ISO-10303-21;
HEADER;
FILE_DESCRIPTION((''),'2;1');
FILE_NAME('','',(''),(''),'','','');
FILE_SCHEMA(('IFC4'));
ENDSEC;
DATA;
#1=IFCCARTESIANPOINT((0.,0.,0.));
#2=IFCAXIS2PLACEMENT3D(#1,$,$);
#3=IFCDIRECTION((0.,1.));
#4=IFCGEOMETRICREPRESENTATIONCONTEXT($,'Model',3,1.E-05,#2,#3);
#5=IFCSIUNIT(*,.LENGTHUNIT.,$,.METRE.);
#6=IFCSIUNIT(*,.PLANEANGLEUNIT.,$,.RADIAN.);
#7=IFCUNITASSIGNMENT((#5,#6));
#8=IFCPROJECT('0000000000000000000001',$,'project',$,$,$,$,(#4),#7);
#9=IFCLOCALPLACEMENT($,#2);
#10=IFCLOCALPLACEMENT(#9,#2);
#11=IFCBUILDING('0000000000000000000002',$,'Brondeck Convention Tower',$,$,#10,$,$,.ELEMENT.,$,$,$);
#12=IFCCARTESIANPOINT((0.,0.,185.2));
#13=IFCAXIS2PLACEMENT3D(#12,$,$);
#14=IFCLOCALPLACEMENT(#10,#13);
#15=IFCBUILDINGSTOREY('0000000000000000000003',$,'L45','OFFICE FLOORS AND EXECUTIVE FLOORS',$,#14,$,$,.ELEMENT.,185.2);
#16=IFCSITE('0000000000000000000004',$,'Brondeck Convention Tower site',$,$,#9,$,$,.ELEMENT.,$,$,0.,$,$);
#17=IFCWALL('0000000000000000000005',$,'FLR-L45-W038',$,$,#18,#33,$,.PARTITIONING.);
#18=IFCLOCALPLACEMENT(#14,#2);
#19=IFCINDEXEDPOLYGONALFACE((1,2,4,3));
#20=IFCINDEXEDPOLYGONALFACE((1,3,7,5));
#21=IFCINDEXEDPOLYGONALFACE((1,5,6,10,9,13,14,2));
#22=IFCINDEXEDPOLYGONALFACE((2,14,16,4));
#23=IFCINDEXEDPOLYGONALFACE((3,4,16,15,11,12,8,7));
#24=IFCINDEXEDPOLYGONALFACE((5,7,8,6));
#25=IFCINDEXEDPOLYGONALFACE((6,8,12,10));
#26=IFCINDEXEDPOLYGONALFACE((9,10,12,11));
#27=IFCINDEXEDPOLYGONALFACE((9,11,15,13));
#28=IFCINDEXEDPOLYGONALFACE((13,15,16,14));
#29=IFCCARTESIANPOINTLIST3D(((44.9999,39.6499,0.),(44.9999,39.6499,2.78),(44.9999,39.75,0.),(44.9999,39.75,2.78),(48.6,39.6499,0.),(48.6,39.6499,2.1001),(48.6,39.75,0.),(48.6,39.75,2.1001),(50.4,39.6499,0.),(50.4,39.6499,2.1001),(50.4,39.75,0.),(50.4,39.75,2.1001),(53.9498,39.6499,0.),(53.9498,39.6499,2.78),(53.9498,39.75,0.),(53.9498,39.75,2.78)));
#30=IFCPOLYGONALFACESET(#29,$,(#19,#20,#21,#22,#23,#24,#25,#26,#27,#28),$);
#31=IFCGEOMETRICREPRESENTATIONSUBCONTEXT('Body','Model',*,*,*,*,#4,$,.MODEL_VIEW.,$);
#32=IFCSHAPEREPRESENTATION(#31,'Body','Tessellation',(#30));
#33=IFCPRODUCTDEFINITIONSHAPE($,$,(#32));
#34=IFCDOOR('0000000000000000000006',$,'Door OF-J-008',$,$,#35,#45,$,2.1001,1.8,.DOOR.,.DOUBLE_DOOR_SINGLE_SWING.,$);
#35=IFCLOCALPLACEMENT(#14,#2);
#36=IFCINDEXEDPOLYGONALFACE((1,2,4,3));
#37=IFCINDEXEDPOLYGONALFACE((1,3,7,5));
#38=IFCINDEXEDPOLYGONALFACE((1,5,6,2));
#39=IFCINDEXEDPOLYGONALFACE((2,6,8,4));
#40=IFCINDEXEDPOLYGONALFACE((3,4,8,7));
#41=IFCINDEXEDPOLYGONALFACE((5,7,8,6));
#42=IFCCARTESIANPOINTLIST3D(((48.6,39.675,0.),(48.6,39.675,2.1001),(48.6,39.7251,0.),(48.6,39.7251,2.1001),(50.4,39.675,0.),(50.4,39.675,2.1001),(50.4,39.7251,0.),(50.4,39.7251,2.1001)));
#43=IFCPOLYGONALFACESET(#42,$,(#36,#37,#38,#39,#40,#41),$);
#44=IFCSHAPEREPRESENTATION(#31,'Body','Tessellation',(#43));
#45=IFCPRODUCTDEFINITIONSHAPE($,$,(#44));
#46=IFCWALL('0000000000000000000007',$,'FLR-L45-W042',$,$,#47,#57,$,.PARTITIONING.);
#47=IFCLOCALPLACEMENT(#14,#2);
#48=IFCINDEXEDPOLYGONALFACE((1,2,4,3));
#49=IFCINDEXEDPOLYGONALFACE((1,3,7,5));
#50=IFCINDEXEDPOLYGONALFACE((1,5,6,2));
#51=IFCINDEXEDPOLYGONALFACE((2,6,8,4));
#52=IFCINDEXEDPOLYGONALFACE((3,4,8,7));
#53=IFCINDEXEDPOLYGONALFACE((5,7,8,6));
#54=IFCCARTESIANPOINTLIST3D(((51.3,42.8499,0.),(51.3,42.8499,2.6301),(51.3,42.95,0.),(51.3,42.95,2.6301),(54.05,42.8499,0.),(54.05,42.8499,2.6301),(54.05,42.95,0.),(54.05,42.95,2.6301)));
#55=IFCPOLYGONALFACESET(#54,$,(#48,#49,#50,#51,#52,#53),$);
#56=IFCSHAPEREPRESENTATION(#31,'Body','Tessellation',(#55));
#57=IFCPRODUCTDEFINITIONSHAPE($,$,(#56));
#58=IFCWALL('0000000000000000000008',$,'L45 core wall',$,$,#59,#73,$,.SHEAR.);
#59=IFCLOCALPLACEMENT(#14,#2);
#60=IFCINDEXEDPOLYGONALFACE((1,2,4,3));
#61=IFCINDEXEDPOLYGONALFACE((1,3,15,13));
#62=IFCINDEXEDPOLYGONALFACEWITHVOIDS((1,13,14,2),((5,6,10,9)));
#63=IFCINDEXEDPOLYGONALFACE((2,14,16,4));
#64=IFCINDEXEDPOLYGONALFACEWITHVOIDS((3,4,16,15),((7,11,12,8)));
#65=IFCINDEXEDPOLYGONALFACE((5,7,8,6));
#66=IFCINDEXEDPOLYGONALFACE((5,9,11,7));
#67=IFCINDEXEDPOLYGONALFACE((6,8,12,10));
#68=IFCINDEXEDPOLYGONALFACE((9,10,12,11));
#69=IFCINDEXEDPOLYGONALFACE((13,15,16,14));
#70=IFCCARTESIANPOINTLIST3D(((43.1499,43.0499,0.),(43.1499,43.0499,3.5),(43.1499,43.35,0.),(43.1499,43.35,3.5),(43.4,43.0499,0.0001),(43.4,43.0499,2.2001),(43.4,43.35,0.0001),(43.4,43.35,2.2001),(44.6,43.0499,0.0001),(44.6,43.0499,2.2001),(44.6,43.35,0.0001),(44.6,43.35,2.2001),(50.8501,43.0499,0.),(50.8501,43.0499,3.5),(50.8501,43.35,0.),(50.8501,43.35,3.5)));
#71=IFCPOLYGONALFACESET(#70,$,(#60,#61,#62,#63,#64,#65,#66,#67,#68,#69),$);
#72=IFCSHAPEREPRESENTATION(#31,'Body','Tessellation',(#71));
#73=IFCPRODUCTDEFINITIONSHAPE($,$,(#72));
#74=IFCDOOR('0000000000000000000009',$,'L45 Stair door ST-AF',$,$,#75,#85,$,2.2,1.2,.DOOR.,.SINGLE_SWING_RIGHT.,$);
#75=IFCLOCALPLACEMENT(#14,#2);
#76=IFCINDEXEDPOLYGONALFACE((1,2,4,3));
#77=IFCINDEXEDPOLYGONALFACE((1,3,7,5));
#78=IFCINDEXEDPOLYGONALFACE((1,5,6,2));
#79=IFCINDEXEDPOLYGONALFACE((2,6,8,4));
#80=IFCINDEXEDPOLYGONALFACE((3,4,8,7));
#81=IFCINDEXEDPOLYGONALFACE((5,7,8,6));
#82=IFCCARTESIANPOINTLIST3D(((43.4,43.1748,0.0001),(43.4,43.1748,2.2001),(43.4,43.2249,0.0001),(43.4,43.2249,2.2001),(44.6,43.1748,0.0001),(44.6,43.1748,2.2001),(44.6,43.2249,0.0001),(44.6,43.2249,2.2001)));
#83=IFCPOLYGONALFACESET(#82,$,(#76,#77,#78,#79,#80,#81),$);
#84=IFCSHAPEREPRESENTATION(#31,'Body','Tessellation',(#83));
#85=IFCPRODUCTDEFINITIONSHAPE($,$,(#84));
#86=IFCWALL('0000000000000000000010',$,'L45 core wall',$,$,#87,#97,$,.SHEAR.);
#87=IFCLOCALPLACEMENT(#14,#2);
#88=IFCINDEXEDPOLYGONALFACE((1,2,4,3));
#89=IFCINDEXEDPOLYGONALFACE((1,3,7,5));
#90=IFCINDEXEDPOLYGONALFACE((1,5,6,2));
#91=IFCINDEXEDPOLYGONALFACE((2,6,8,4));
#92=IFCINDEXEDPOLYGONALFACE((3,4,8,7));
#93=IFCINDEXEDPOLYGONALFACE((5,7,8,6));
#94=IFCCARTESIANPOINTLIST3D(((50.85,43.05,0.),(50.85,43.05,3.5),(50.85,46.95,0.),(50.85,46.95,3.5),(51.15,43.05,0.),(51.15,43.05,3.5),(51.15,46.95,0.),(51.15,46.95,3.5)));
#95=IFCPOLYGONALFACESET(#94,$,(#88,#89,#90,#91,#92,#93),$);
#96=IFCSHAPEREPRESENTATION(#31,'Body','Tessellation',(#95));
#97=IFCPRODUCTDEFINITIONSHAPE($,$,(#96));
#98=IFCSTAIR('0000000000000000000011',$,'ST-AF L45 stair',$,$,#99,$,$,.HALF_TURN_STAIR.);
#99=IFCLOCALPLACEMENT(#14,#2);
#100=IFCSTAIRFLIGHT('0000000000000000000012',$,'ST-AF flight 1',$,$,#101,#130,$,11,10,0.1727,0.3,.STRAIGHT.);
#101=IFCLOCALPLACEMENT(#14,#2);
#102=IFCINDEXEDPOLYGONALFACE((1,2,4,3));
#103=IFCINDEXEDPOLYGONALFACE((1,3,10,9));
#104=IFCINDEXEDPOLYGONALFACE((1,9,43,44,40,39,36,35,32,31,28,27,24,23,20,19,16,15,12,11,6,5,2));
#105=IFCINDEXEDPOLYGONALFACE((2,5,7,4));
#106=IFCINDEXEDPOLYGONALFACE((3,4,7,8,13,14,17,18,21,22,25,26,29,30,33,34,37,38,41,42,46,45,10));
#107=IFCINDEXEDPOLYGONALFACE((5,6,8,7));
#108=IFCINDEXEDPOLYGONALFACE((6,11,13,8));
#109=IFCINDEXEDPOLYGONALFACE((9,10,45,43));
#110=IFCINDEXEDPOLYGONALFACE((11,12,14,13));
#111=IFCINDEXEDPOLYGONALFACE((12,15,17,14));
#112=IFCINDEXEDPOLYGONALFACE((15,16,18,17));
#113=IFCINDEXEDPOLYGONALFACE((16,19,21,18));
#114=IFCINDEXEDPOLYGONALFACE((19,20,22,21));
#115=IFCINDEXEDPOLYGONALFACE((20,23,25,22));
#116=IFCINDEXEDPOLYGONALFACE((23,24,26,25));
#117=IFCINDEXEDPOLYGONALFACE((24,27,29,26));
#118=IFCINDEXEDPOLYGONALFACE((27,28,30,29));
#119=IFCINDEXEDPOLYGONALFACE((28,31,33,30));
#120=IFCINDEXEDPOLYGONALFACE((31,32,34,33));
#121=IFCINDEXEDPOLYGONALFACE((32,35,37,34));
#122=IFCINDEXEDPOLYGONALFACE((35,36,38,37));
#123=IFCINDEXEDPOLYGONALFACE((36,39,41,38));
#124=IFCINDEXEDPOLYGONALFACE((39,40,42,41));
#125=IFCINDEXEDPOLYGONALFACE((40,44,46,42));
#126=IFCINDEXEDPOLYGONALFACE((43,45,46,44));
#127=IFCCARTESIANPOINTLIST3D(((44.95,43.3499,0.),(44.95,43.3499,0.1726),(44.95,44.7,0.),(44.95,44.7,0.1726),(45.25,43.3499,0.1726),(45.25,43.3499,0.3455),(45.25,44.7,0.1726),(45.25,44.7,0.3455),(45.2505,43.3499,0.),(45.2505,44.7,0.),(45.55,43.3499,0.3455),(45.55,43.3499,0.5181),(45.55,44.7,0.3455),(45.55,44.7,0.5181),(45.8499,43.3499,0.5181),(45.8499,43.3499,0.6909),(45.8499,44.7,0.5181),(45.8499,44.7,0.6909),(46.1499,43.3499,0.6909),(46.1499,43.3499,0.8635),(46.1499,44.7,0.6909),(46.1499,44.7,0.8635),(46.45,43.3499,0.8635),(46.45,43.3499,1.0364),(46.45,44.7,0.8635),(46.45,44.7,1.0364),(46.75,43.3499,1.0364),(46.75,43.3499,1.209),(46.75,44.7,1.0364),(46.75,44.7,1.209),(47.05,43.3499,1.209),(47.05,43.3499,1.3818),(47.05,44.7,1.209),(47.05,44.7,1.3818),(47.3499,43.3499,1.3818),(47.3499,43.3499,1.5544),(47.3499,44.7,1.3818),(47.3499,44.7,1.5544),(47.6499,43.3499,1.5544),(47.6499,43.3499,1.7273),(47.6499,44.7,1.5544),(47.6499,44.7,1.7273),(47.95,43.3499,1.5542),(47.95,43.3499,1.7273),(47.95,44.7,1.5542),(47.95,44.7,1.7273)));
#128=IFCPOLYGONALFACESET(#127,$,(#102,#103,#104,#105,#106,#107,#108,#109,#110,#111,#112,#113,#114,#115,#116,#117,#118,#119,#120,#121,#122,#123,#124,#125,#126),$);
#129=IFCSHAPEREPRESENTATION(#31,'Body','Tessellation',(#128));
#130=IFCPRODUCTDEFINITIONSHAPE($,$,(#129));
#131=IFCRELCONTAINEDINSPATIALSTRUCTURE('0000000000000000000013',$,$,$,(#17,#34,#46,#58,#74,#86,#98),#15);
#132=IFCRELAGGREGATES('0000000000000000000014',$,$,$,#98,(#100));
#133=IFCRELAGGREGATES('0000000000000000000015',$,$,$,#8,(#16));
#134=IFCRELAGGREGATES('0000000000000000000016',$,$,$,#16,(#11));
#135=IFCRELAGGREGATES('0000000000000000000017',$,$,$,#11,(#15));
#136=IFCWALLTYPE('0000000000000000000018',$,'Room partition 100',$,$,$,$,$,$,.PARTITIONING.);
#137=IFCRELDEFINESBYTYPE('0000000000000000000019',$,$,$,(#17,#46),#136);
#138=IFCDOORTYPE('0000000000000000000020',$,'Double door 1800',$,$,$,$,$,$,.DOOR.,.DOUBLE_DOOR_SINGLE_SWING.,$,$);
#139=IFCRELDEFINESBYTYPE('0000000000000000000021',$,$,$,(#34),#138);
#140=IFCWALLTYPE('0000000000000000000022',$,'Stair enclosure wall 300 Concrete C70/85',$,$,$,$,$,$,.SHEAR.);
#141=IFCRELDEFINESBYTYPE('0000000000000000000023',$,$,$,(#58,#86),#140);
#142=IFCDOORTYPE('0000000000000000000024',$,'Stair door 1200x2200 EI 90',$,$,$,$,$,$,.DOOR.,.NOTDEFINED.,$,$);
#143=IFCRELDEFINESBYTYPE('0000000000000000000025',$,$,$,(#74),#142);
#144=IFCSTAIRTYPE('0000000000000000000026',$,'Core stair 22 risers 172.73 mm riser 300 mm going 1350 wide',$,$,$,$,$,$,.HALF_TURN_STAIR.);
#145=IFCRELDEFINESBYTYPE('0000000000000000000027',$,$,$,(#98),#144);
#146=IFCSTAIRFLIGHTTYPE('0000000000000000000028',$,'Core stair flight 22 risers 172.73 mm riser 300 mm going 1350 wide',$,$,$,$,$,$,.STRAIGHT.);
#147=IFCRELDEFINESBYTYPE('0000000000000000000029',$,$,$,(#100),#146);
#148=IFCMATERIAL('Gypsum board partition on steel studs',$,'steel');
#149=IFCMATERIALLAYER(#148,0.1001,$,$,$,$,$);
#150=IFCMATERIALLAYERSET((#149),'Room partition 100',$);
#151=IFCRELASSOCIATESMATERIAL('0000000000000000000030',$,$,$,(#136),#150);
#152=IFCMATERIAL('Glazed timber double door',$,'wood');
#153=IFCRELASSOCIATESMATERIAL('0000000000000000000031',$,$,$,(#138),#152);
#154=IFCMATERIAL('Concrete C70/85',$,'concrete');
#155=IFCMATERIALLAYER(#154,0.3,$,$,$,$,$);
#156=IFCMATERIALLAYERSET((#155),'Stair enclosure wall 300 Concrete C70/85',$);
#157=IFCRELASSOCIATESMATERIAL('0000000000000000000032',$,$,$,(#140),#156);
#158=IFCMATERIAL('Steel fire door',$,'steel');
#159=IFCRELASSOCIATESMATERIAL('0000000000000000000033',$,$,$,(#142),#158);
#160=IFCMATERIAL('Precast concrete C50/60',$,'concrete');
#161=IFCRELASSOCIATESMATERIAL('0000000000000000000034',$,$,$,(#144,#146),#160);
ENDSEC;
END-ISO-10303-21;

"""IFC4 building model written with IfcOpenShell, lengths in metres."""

from ifc_helpers import new_model, si_unit, direction, frame, frame_2d, origin, place, context, subcontext, project, spatial, polyline, rectangle, outline, extrude, material, layer, layer_set, type_object, element, fill, aggregate, save


model = new_model("IFC4")

# Units and contexts
model_context = context("Model", 3, precision=1e-05, world=origin(), true_north=direction((0.0, 1.0)))
body_context = subcontext(model_context, "Body", "Model", "MODEL_VIEW")
ifc_project = project(units=[si_unit("LENGTHUNIT", "METRE"), si_unit("PLANEANGLEUNIT", "RADIAN")], contexts=[model_context])

# Site, building, storey
site_placement = place(None, origin())
site = spatial("IfcSite", under=ifc_project, at=site_placement, Name="Brondeck Convention Tower site", CompositionType="ELEMENT", RefElevation=0.0)
building_placement = place(site_placement, origin())
building = spatial("IfcBuilding", under=site, at=building_placement, Name="Brondeck Convention Tower", CompositionType="ELEMENT")
storey_placement = place(building_placement, frame((0.0, 0.0, 185.2)))
storey = spatial("IfcBuildingStorey", under=building, at=storey_placement, Name="L45", Description="OFFICE FLOORS AND EXECUTIVE FLOORS", CompositionType="ELEMENT", Elevation=185.2)

# Shared definitions
ifc_material_1 = material(Name="Concrete C70/85", Category="concrete")

# Shared definitions
ifc_material_2 = material(Name="Gypsum board partition on steel studs", Category="steel")
ifc_layer_1 = layer(ifc_material_2, 0.1001)
ifc_layer_set_1 = layer_set([ifc_layer_1], Name="Room partition 100")
wall_type_1 = type_object("IfcWallType", Name="Room partition 100", PredefinedType="PARTITIONING", material=ifc_layer_set_1)

# Wall, opening, door
wall_1_placement = place(storey_placement, frame((53.95, 39.7, 0.0), z_axis=(0.0, 0.0, 1.0), x_axis=(-1.0, 0.0, 0.0)))
wall_1 = element("IfcWall", 1, at=wall_1_placement, inside=storey, type_object=wall_type_1, Name="FLR-L45-W038", PredefinedType="PARTITIONING", context=body_context, shape_type="SweptSolid", body=[
    extrude(rectangle(XDim=8.95, YDim=0.1001, at=frame_2d((4.4751, 0.0))), origin(), (0.0, 0.0, 1.0), 2.78),
])
opening_1_placement = place(wall_1_placement, frame((3.55, 0.0, 0.0)))
opening_1 = element("IfcOpeningElement", 2, at=opening_1_placement, cuts=wall_1, PredefinedType="OPENING", context=body_context, shape_type="SweptSolid", body=[
    extrude(rectangle(XDim=1.8, YDim=2.1001, at=frame_2d((0.8999, 1.05))), frame((0.0, 0.0601, 0.0), z_axis=(0.0, -1.0, 0.0), x_axis=(1.0, 0.0, 0.0)), (0.0, 0.0, 1.0), 0.1201),
])
ifc_material_3 = material(Name="Glazed timber double door", Category="wood")
door_type_1 = type_object("IfcDoorType", Name="Double door 1800", OperationType="DOUBLE_DOOR_SINGLE_SWING", PredefinedType="DOOR", material=ifc_material_3)
door_1_placement = place(opening_1_placement, origin())
door_1 = element("IfcDoor", 3, at=door_1_placement, inside=storey, type_object=door_type_1, Name="Door OF-J-008", OperationType="DOUBLE_DOOR_SINGLE_SWING", OverallHeight=2.1001, OverallWidth=1.8, PredefinedType="DOOR", context=body_context, shape_type="SweptSolid", body=[
    extrude(rectangle(XDim=1.8, YDim=2.1001, at=frame_2d((0.8999, 1.05))), frame((0.0, 0.0249, 0.0), z_axis=(0.0, -1.0, 0.0), x_axis=(1.0, 0.0, 0.0)), (0.0, 0.0, 1.0), 0.05),
])
fill(opening_1, door_1)

# Wall
wall_2_placement = place(storey_placement, frame((51.3, 42.8999, 0.0), z_axis=(0.0, 0.0, 1.0), x_axis=(1.0, 0.0, 0.0)))
element("IfcWall", 4, at=wall_2_placement, inside=storey, type_object=wall_type_1, Name="FLR-L45-W042", PredefinedType="PARTITIONING", context=body_context, shape_type="SweptSolid", body=[
    extrude(rectangle(XDim=2.75, YDim=0.1001, at=frame_2d((1.375, 0.0))), origin(), (0.0, 0.0, 1.0), 2.6301),
])

# Wall, opening, door
ifc_layer_2 = layer(ifc_material_1, 0.3)
ifc_layer_set_2 = layer_set([ifc_layer_2], Name="Stair enclosure wall 300 Concrete C70/85")
wall_type_2 = type_object("IfcWallType", Name="Stair enclosure wall 300 Concrete C70/85", PredefinedType="SHEAR", material=ifc_layer_set_2)
wall_3_placement = place(storey_placement, frame((43.1499, 43.2, 0.0), z_axis=(0.0, 0.0, 1.0), x_axis=(1.0, 0.0, 0.0)))
wall_3 = element("IfcWall", 5, at=wall_3_placement, inside=storey, type_object=wall_type_2, Name="L45 core wall", PredefinedType="SHEAR", context=body_context, shape_type="SweptSolid", body=[
    extrude(rectangle(XDim=7.7002, YDim=0.3, at=frame_2d((3.8501, 0.0))), origin(), (0.0, 0.0, 1.0), 3.5),
])
opening_2_placement = place(wall_3_placement, frame((0.25, 0.0, 0.0)))
opening_2 = element("IfcOpeningElement", 6, at=opening_2_placement, cuts=wall_3, PredefinedType="OPENING", context=body_context, shape_type="SweptSolid", body=[
    extrude(rectangle(XDim=1.2, YDim=2.2, at=frame_2d((0.6001, 1.1001))), frame((0.0, 0.1599, 0.0), z_axis=(0.0, -1.0, 0.0), x_axis=(1.0, 0.0, 0.0)), (0.0, 0.0, 1.0), 0.3201),
])
ifc_material_4 = material(Name="Steel fire door", Category="steel")
door_type_2 = type_object("IfcDoorType", Name="Stair door 1200x2200 EI 90", OperationType="NOTDEFINED", PredefinedType="DOOR", material=ifc_material_4)
door_2_placement = place(opening_2_placement, origin())
door_2 = element("IfcDoor", 7, at=door_2_placement, inside=storey, type_object=door_type_2, Name="L45 Stair door ST-AF", OperationType="SINGLE_SWING_RIGHT", OverallHeight=2.2, OverallWidth=1.2, PredefinedType="DOOR", context=body_context, shape_type="SweptSolid", body=[
    extrude(rectangle(XDim=1.2, YDim=2.2, at=frame_2d((0.6001, 1.1001))), frame((0.0, 0.0249, 0.0), z_axis=(0.0, -1.0, 0.0), x_axis=(1.0, 0.0, 0.0)), (0.0, 0.0, 1.0), 0.05),
])
fill(opening_2, door_2)

# Wall
wall_4_placement = place(storey_placement, frame((51.0, 43.05, 0.0), z_axis=(0.0, 0.0, 1.0), x_axis=(0.0, 1.0, 0.0)))
element("IfcWall", 8, at=wall_4_placement, inside=storey, type_object=wall_type_2, Name="L45 core wall", PredefinedType="SHEAR", context=body_context, shape_type="SweptSolid", body=[
    extrude(rectangle(XDim=3.8999, YDim=0.3, at=frame_2d((1.95, 0.0))), origin(), (0.0, 0.0, 1.0), 3.5),
])

# Stair, stair flight
ifc_material_5 = material(Name="Precast concrete C50/60", Category="concrete")
stair_type = type_object("IfcStairType", Name="Core stair 22 risers 172.73 mm riser 300 mm going 1350 wide", PredefinedType="HALF_TURN_STAIR", material=ifc_material_5)
stair_placement = place(storey_placement, origin())
stair = element("IfcStair", 9, at=stair_placement, inside=storey, type_object=stair_type, Name="ST-AF L45 stair", PredefinedType="HALF_TURN_STAIR")
stair_flight_type = type_object("IfcStairFlightType", Name="Core stair flight 22 risers 172.73 mm riser 300 mm going 1350 wide", PredefinedType="STRAIGHT", material=ifc_material_5)
stair_flight_placement = place(storey_placement, frame((44.95, 44.0249, 0.0), z_axis=(0.0, 0.0, 1.0), x_axis=(1.0, 0.0, 0.0)))
stair_flight = element("IfcStairFlight", 10, at=stair_flight_placement, type_object=stair_flight_type, Name="ST-AF flight 1", NumberOfRisers=11, NumberOfTreads=10, PredefinedType="STRAIGHT", RiserHeight=0.1727, TreadLength=0.3, context=body_context, shape_type="SweptSolid", body=[
    extrude(outline(polyline([(0.0, 0.0), (0.0, 0.1726), (0.3, 0.1726), (0.3, 0.3455), (0.6001, 0.3455), (0.6001, 0.5181), (0.8999, 0.5181), (0.8999, 0.6909), (1.2, 0.6909), (1.2, 0.8635), (1.5, 0.8635), (1.5, 1.0364), (1.8, 1.0364), (1.8, 1.209), (2.1001, 1.209), (2.1001, 1.3818), (2.3999, 1.3818), (2.3999, 1.5544), (2.7, 1.5544), (2.7, 1.7273), (3.0, 1.7273), (3.0, 1.8999), (3.0, 1.5542), (0.3005, 0.0), (0.0, 0.0)])), frame((0.0, 0.675, 0.0), z_axis=(0.0, -1.0, 0.0), x_axis=(1.0, 0.0, 0.0)), (0.0, 0.0, 1.0), 1.3501),
])
aggregate(stair, [stair_flight])

save(model, "model.ifc")
